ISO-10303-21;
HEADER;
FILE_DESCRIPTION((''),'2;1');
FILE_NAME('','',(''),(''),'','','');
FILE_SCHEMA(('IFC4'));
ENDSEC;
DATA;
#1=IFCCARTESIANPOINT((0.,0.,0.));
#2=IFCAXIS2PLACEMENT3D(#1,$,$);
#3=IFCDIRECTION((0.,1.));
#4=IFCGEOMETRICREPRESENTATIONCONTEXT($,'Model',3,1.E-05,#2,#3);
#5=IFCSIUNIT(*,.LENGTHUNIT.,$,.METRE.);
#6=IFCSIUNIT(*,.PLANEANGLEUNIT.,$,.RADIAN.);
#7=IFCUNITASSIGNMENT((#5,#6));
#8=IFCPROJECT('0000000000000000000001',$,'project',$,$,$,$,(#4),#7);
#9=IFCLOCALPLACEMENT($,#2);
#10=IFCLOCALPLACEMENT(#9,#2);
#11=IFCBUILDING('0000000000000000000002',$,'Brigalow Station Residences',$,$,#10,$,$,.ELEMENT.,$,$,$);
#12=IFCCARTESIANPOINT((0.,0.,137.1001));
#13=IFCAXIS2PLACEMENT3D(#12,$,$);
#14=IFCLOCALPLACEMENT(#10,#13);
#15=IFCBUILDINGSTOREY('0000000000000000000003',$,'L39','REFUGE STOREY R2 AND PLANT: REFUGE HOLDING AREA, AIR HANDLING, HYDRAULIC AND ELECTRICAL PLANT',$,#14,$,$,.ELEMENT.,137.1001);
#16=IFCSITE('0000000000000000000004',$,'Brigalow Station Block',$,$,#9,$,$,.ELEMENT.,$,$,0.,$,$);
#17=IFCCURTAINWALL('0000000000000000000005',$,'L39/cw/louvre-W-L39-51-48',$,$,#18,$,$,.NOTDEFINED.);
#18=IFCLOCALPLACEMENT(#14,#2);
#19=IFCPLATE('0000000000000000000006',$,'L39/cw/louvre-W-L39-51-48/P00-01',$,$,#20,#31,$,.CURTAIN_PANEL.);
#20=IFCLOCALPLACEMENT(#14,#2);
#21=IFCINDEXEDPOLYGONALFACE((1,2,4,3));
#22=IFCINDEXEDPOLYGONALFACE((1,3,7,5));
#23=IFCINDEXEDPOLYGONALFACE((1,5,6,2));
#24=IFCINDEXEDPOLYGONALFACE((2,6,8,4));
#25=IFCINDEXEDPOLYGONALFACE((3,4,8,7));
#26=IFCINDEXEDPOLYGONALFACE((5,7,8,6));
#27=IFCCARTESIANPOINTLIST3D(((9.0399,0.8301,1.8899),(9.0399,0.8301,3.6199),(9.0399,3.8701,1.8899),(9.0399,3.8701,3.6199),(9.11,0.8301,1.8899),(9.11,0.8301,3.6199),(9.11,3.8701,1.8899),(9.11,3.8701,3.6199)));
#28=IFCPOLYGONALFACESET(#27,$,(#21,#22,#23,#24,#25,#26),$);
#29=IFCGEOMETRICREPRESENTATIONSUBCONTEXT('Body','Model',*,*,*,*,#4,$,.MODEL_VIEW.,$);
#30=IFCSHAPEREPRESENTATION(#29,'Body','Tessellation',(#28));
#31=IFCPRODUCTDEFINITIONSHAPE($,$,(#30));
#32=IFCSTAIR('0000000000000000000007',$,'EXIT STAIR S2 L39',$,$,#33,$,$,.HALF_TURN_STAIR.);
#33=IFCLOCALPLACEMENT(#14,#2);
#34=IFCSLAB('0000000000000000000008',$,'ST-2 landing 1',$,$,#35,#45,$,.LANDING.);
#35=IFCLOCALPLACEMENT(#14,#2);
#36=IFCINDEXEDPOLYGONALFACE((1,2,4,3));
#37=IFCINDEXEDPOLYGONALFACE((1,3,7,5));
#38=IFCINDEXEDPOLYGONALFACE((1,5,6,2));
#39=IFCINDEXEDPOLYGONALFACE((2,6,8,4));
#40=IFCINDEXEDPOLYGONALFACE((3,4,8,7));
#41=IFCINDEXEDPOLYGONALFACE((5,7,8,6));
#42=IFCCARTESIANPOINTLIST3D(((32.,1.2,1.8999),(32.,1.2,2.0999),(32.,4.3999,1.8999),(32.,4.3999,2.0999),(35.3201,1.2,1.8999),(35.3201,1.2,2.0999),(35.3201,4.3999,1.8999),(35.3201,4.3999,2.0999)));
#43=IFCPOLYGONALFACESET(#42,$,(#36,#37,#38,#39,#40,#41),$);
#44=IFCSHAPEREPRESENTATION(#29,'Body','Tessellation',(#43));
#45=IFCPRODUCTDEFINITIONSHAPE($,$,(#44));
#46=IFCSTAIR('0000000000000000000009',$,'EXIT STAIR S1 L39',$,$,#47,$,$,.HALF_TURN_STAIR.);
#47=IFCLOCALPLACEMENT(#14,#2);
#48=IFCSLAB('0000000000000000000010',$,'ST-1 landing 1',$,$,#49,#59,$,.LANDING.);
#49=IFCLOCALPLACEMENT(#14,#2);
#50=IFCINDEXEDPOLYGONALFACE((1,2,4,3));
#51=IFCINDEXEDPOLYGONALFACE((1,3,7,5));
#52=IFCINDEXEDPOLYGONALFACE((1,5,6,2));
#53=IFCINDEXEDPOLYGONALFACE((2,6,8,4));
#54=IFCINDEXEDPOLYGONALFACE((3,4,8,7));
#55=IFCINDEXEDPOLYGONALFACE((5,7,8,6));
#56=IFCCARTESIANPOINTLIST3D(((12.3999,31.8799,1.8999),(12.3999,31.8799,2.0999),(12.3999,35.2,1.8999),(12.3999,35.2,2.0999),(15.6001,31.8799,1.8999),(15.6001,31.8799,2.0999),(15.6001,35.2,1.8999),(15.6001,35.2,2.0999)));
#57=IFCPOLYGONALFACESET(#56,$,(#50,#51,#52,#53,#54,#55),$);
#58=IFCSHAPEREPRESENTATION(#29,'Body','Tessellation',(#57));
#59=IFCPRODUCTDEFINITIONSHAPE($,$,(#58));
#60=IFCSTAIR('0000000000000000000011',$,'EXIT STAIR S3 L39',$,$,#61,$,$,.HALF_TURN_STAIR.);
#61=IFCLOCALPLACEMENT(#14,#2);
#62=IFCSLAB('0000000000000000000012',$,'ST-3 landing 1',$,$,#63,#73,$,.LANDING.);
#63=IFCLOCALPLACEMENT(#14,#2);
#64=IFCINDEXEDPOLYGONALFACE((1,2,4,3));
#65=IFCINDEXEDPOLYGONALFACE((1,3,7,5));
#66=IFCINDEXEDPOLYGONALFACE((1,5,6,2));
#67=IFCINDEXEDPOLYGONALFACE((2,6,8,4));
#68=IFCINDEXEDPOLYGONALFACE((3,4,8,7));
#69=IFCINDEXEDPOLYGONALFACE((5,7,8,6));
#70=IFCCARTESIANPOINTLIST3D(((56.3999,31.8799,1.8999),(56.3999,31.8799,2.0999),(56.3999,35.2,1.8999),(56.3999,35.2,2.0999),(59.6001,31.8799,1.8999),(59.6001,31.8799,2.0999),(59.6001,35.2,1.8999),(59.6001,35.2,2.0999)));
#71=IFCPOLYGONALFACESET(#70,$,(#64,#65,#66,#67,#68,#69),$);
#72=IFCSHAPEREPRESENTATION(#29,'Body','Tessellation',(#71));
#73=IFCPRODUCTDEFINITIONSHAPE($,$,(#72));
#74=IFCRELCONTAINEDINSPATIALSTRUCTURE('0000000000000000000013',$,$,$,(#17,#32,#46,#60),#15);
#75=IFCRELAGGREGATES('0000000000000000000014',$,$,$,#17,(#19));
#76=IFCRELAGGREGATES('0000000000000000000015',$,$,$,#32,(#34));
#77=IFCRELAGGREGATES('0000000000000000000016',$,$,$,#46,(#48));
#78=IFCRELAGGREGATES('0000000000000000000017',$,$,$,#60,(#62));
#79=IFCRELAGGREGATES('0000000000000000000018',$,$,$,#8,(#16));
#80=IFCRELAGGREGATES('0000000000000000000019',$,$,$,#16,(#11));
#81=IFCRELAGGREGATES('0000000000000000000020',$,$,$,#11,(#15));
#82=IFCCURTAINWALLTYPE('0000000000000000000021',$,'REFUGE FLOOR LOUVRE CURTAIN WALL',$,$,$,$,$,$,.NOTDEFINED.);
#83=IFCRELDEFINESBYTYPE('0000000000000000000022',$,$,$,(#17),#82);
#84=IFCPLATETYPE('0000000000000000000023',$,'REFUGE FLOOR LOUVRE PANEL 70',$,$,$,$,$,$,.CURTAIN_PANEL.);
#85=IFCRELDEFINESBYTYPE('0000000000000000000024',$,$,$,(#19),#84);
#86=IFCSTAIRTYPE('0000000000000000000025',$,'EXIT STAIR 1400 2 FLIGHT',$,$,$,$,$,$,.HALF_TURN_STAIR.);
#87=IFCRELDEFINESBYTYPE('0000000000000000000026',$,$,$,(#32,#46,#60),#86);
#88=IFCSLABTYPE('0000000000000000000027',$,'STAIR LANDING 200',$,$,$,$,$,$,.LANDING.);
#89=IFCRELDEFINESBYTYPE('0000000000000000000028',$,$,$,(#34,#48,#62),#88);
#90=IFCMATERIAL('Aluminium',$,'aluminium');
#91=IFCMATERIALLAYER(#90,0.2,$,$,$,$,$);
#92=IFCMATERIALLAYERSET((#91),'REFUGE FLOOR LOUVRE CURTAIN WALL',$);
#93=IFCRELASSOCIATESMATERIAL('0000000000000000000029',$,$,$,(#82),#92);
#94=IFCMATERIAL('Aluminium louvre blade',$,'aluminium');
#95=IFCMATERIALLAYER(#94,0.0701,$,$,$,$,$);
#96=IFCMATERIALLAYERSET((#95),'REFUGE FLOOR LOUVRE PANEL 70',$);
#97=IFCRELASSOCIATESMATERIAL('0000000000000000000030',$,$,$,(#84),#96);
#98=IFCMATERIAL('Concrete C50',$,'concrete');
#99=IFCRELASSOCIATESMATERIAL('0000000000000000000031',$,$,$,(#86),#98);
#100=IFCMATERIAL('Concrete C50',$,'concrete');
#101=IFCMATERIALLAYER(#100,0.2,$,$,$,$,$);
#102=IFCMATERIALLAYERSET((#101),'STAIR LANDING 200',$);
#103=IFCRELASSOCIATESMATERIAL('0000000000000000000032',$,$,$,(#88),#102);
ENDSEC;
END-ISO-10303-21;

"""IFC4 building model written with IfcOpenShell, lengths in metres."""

from ifc_helpers import new_model, si_unit, direction, frame, origin, origin_2d, place, context, subcontext, project, spatial, polyline, rectangle, outline, extrude, material, layer, layer_set, type_object, element, aggregate, save


model = new_model("IFC4")

# Units and contexts
model_context = context("Model", 3, precision=1e-05, world=origin(), true_north=direction((0.0, 1.0)))
body_context = subcontext(model_context, "Body", "Model", "MODEL_VIEW")
ifc_project = project(units=[si_unit("LENGTHUNIT", "METRE"), si_unit("PLANEANGLEUNIT", "RADIAN")], contexts=[model_context])

# Site, building, storey
site_placement = place(None, origin())
site = spatial("IfcSite", under=ifc_project, at=site_placement, Name="Brigalow Station Block", CompositionType="ELEMENT", RefElevation=0.0)
building_placement = place(site_placement, origin())
building = spatial("IfcBuilding", under=site, at=building_placement, Name="Brigalow Station Residences", CompositionType="ELEMENT")
storey_placement = place(building_placement, frame((0.0, 0.0, 137.1001)))
storey = spatial("IfcBuildingStorey", under=building, at=storey_placement, Name="L39", Description="REFUGE STOREY R2 AND PLANT: REFUGE HOLDING AREA, AIR HANDLING, HYDRAULIC AND ELECTRICAL PLANT", CompositionType="ELEMENT", Elevation=137.1001)

# Curtain wall
ifc_material_1 = material(Name="Aluminium", Category="aluminium")
ifc_layer_1 = layer(ifc_material_1, 0.2)
ifc_layer_set_1 = layer_set([ifc_layer_1], Name="REFUGE FLOOR LOUVRE CURTAIN WALL")
curtain_wall_type = type_object("IfcCurtainWallType", Name="REFUGE FLOOR LOUVRE CURTAIN WALL", PredefinedType="NOTDEFINED", material=ifc_layer_set_1)
curtain_wall_1_placement = place(storey_placement, origin())
curtain_wall_1 = element("IfcCurtainWall", 1, at=curtain_wall_1_placement, inside=storey, type_object=curtain_wall_type, Name="L39/cw/louvre-W-L39-51-48", PredefinedType="NOTDEFINED")

# Plate
ifc_material_2 = material(Name="Aluminium louvre blade", Category="aluminium")
ifc_layer_2 = layer(ifc_material_2, 0.0701)
ifc_layer_set_2 = layer_set([ifc_layer_2], Name="REFUGE FLOOR LOUVRE PANEL 70")
plate_type = type_object("IfcPlateType", Name="REFUGE FLOOR LOUVRE PANEL 70", PredefinedType="CURTAIN_PANEL", material=ifc_layer_set_2)
plate_1_placement = place(storey_placement, frame((9.075, 2.3501, 1.8899), z_axis=(0.0, 0.0, 1.0), x_axis=(0.0, -1.0, 0.0)))
plate_1 = element("IfcPlate", 2, at=plate_1_placement, type_object=plate_type, Name="L39/cw/louvre-W-L39-51-48/P00-01", PredefinedType="CURTAIN_PANEL", context=body_context, shape_type="SweptSolid", body=[
    extrude(rectangle(XDim=3.04, YDim=0.0701, at=origin_2d()), origin(), (0.0, 0.0, 1.0), 1.73),
])
aggregate(curtain_wall_1, [plate_1])

# Stairs, slabs
ifc_material_3 = material(Name="Concrete C50", Category="concrete")
stair_type = type_object("IfcStairType", Name="EXIT STAIR 1400 2 FLIGHT", PredefinedType="HALF_TURN_STAIR", material=ifc_material_3)
stair_1_placement = place(storey_placement, origin())
stair_1 = element("IfcStair", 3, at=stair_1_placement, inside=storey, type_object=stair_type, Name="EXIT STAIR S2 L39", PredefinedType="HALF_TURN_STAIR")
ifc_material_4 = material(Name="Concrete C50", Category="concrete")
ifc_layer_3 = layer(ifc_material_4, 0.2)
ifc_layer_set_3 = layer_set([ifc_layer_3], Name="STAIR LANDING 200")
slab_type_1 = type_object("IfcSlabType", Name="STAIR LANDING 200", PredefinedType="LANDING", material=ifc_layer_set_3)
slab_1_placement = place(storey_placement, frame((0.0, 0.0, 1.8999)))
slab_1 = element("IfcSlab", 4, at=slab_1_placement, type_object=slab_type_1, Name="ST-2 landing 1", PredefinedType="LANDING", context=body_context, shape_type="SweptSolid", body=[
    extrude(outline(polyline([(32.0, 1.2), (35.3201, 1.2), (35.3201, 4.3999), (32.0, 4.3999), (32.0, 1.2)])), origin(), (0.0, 0.0, 1.0), 0.2),
])
aggregate(stair_1, [slab_1])
stair_2_placement = place(storey_placement, origin())
stair_2 = element("IfcStair", 5, at=stair_2_placement, inside=storey, type_object=stair_type, Name="EXIT STAIR S1 L39", PredefinedType="HALF_TURN_STAIR")
slab_2_placement = place(storey_placement, frame((0.0, 0.0, 1.8999)))
slab_2 = element("IfcSlab", 6, at=slab_2_placement, type_object=slab_type_1, Name="ST-1 landing 1", PredefinedType="LANDING", context=body_context, shape_type="SweptSolid", body=[
    extrude(outline(polyline([(12.3999, 31.8799), (15.6001, 31.8799), (15.6001, 35.2), (12.3999, 35.2), (12.3999, 31.8799)])), origin(), (0.0, 0.0, 1.0), 0.2),
])
aggregate(stair_2, [slab_2])
stair_3_placement = place(storey_placement, origin())
stair_3 = element("IfcStair", 7, at=stair_3_placement, inside=storey, type_object=stair_type, Name="EXIT STAIR S3 L39", PredefinedType="HALF_TURN_STAIR")
slab_3_placement = place(storey_placement, frame((0.0, 0.0, 1.8999)))
slab_3 = element("IfcSlab", 8, at=slab_3_placement, type_object=slab_type_1, Name="ST-3 landing 1", PredefinedType="LANDING", context=body_context, shape_type="SweptSolid", body=[
    extrude(outline(polyline([(56.3999, 31.8799), (59.6001, 31.8799), (59.6001, 35.2), (56.3999, 35.2), (56.3999, 31.8799)])), origin(), (0.0, 0.0, 1.0), 0.2),
])
aggregate(stair_3, [slab_3])

save(model, "model.ifc")
